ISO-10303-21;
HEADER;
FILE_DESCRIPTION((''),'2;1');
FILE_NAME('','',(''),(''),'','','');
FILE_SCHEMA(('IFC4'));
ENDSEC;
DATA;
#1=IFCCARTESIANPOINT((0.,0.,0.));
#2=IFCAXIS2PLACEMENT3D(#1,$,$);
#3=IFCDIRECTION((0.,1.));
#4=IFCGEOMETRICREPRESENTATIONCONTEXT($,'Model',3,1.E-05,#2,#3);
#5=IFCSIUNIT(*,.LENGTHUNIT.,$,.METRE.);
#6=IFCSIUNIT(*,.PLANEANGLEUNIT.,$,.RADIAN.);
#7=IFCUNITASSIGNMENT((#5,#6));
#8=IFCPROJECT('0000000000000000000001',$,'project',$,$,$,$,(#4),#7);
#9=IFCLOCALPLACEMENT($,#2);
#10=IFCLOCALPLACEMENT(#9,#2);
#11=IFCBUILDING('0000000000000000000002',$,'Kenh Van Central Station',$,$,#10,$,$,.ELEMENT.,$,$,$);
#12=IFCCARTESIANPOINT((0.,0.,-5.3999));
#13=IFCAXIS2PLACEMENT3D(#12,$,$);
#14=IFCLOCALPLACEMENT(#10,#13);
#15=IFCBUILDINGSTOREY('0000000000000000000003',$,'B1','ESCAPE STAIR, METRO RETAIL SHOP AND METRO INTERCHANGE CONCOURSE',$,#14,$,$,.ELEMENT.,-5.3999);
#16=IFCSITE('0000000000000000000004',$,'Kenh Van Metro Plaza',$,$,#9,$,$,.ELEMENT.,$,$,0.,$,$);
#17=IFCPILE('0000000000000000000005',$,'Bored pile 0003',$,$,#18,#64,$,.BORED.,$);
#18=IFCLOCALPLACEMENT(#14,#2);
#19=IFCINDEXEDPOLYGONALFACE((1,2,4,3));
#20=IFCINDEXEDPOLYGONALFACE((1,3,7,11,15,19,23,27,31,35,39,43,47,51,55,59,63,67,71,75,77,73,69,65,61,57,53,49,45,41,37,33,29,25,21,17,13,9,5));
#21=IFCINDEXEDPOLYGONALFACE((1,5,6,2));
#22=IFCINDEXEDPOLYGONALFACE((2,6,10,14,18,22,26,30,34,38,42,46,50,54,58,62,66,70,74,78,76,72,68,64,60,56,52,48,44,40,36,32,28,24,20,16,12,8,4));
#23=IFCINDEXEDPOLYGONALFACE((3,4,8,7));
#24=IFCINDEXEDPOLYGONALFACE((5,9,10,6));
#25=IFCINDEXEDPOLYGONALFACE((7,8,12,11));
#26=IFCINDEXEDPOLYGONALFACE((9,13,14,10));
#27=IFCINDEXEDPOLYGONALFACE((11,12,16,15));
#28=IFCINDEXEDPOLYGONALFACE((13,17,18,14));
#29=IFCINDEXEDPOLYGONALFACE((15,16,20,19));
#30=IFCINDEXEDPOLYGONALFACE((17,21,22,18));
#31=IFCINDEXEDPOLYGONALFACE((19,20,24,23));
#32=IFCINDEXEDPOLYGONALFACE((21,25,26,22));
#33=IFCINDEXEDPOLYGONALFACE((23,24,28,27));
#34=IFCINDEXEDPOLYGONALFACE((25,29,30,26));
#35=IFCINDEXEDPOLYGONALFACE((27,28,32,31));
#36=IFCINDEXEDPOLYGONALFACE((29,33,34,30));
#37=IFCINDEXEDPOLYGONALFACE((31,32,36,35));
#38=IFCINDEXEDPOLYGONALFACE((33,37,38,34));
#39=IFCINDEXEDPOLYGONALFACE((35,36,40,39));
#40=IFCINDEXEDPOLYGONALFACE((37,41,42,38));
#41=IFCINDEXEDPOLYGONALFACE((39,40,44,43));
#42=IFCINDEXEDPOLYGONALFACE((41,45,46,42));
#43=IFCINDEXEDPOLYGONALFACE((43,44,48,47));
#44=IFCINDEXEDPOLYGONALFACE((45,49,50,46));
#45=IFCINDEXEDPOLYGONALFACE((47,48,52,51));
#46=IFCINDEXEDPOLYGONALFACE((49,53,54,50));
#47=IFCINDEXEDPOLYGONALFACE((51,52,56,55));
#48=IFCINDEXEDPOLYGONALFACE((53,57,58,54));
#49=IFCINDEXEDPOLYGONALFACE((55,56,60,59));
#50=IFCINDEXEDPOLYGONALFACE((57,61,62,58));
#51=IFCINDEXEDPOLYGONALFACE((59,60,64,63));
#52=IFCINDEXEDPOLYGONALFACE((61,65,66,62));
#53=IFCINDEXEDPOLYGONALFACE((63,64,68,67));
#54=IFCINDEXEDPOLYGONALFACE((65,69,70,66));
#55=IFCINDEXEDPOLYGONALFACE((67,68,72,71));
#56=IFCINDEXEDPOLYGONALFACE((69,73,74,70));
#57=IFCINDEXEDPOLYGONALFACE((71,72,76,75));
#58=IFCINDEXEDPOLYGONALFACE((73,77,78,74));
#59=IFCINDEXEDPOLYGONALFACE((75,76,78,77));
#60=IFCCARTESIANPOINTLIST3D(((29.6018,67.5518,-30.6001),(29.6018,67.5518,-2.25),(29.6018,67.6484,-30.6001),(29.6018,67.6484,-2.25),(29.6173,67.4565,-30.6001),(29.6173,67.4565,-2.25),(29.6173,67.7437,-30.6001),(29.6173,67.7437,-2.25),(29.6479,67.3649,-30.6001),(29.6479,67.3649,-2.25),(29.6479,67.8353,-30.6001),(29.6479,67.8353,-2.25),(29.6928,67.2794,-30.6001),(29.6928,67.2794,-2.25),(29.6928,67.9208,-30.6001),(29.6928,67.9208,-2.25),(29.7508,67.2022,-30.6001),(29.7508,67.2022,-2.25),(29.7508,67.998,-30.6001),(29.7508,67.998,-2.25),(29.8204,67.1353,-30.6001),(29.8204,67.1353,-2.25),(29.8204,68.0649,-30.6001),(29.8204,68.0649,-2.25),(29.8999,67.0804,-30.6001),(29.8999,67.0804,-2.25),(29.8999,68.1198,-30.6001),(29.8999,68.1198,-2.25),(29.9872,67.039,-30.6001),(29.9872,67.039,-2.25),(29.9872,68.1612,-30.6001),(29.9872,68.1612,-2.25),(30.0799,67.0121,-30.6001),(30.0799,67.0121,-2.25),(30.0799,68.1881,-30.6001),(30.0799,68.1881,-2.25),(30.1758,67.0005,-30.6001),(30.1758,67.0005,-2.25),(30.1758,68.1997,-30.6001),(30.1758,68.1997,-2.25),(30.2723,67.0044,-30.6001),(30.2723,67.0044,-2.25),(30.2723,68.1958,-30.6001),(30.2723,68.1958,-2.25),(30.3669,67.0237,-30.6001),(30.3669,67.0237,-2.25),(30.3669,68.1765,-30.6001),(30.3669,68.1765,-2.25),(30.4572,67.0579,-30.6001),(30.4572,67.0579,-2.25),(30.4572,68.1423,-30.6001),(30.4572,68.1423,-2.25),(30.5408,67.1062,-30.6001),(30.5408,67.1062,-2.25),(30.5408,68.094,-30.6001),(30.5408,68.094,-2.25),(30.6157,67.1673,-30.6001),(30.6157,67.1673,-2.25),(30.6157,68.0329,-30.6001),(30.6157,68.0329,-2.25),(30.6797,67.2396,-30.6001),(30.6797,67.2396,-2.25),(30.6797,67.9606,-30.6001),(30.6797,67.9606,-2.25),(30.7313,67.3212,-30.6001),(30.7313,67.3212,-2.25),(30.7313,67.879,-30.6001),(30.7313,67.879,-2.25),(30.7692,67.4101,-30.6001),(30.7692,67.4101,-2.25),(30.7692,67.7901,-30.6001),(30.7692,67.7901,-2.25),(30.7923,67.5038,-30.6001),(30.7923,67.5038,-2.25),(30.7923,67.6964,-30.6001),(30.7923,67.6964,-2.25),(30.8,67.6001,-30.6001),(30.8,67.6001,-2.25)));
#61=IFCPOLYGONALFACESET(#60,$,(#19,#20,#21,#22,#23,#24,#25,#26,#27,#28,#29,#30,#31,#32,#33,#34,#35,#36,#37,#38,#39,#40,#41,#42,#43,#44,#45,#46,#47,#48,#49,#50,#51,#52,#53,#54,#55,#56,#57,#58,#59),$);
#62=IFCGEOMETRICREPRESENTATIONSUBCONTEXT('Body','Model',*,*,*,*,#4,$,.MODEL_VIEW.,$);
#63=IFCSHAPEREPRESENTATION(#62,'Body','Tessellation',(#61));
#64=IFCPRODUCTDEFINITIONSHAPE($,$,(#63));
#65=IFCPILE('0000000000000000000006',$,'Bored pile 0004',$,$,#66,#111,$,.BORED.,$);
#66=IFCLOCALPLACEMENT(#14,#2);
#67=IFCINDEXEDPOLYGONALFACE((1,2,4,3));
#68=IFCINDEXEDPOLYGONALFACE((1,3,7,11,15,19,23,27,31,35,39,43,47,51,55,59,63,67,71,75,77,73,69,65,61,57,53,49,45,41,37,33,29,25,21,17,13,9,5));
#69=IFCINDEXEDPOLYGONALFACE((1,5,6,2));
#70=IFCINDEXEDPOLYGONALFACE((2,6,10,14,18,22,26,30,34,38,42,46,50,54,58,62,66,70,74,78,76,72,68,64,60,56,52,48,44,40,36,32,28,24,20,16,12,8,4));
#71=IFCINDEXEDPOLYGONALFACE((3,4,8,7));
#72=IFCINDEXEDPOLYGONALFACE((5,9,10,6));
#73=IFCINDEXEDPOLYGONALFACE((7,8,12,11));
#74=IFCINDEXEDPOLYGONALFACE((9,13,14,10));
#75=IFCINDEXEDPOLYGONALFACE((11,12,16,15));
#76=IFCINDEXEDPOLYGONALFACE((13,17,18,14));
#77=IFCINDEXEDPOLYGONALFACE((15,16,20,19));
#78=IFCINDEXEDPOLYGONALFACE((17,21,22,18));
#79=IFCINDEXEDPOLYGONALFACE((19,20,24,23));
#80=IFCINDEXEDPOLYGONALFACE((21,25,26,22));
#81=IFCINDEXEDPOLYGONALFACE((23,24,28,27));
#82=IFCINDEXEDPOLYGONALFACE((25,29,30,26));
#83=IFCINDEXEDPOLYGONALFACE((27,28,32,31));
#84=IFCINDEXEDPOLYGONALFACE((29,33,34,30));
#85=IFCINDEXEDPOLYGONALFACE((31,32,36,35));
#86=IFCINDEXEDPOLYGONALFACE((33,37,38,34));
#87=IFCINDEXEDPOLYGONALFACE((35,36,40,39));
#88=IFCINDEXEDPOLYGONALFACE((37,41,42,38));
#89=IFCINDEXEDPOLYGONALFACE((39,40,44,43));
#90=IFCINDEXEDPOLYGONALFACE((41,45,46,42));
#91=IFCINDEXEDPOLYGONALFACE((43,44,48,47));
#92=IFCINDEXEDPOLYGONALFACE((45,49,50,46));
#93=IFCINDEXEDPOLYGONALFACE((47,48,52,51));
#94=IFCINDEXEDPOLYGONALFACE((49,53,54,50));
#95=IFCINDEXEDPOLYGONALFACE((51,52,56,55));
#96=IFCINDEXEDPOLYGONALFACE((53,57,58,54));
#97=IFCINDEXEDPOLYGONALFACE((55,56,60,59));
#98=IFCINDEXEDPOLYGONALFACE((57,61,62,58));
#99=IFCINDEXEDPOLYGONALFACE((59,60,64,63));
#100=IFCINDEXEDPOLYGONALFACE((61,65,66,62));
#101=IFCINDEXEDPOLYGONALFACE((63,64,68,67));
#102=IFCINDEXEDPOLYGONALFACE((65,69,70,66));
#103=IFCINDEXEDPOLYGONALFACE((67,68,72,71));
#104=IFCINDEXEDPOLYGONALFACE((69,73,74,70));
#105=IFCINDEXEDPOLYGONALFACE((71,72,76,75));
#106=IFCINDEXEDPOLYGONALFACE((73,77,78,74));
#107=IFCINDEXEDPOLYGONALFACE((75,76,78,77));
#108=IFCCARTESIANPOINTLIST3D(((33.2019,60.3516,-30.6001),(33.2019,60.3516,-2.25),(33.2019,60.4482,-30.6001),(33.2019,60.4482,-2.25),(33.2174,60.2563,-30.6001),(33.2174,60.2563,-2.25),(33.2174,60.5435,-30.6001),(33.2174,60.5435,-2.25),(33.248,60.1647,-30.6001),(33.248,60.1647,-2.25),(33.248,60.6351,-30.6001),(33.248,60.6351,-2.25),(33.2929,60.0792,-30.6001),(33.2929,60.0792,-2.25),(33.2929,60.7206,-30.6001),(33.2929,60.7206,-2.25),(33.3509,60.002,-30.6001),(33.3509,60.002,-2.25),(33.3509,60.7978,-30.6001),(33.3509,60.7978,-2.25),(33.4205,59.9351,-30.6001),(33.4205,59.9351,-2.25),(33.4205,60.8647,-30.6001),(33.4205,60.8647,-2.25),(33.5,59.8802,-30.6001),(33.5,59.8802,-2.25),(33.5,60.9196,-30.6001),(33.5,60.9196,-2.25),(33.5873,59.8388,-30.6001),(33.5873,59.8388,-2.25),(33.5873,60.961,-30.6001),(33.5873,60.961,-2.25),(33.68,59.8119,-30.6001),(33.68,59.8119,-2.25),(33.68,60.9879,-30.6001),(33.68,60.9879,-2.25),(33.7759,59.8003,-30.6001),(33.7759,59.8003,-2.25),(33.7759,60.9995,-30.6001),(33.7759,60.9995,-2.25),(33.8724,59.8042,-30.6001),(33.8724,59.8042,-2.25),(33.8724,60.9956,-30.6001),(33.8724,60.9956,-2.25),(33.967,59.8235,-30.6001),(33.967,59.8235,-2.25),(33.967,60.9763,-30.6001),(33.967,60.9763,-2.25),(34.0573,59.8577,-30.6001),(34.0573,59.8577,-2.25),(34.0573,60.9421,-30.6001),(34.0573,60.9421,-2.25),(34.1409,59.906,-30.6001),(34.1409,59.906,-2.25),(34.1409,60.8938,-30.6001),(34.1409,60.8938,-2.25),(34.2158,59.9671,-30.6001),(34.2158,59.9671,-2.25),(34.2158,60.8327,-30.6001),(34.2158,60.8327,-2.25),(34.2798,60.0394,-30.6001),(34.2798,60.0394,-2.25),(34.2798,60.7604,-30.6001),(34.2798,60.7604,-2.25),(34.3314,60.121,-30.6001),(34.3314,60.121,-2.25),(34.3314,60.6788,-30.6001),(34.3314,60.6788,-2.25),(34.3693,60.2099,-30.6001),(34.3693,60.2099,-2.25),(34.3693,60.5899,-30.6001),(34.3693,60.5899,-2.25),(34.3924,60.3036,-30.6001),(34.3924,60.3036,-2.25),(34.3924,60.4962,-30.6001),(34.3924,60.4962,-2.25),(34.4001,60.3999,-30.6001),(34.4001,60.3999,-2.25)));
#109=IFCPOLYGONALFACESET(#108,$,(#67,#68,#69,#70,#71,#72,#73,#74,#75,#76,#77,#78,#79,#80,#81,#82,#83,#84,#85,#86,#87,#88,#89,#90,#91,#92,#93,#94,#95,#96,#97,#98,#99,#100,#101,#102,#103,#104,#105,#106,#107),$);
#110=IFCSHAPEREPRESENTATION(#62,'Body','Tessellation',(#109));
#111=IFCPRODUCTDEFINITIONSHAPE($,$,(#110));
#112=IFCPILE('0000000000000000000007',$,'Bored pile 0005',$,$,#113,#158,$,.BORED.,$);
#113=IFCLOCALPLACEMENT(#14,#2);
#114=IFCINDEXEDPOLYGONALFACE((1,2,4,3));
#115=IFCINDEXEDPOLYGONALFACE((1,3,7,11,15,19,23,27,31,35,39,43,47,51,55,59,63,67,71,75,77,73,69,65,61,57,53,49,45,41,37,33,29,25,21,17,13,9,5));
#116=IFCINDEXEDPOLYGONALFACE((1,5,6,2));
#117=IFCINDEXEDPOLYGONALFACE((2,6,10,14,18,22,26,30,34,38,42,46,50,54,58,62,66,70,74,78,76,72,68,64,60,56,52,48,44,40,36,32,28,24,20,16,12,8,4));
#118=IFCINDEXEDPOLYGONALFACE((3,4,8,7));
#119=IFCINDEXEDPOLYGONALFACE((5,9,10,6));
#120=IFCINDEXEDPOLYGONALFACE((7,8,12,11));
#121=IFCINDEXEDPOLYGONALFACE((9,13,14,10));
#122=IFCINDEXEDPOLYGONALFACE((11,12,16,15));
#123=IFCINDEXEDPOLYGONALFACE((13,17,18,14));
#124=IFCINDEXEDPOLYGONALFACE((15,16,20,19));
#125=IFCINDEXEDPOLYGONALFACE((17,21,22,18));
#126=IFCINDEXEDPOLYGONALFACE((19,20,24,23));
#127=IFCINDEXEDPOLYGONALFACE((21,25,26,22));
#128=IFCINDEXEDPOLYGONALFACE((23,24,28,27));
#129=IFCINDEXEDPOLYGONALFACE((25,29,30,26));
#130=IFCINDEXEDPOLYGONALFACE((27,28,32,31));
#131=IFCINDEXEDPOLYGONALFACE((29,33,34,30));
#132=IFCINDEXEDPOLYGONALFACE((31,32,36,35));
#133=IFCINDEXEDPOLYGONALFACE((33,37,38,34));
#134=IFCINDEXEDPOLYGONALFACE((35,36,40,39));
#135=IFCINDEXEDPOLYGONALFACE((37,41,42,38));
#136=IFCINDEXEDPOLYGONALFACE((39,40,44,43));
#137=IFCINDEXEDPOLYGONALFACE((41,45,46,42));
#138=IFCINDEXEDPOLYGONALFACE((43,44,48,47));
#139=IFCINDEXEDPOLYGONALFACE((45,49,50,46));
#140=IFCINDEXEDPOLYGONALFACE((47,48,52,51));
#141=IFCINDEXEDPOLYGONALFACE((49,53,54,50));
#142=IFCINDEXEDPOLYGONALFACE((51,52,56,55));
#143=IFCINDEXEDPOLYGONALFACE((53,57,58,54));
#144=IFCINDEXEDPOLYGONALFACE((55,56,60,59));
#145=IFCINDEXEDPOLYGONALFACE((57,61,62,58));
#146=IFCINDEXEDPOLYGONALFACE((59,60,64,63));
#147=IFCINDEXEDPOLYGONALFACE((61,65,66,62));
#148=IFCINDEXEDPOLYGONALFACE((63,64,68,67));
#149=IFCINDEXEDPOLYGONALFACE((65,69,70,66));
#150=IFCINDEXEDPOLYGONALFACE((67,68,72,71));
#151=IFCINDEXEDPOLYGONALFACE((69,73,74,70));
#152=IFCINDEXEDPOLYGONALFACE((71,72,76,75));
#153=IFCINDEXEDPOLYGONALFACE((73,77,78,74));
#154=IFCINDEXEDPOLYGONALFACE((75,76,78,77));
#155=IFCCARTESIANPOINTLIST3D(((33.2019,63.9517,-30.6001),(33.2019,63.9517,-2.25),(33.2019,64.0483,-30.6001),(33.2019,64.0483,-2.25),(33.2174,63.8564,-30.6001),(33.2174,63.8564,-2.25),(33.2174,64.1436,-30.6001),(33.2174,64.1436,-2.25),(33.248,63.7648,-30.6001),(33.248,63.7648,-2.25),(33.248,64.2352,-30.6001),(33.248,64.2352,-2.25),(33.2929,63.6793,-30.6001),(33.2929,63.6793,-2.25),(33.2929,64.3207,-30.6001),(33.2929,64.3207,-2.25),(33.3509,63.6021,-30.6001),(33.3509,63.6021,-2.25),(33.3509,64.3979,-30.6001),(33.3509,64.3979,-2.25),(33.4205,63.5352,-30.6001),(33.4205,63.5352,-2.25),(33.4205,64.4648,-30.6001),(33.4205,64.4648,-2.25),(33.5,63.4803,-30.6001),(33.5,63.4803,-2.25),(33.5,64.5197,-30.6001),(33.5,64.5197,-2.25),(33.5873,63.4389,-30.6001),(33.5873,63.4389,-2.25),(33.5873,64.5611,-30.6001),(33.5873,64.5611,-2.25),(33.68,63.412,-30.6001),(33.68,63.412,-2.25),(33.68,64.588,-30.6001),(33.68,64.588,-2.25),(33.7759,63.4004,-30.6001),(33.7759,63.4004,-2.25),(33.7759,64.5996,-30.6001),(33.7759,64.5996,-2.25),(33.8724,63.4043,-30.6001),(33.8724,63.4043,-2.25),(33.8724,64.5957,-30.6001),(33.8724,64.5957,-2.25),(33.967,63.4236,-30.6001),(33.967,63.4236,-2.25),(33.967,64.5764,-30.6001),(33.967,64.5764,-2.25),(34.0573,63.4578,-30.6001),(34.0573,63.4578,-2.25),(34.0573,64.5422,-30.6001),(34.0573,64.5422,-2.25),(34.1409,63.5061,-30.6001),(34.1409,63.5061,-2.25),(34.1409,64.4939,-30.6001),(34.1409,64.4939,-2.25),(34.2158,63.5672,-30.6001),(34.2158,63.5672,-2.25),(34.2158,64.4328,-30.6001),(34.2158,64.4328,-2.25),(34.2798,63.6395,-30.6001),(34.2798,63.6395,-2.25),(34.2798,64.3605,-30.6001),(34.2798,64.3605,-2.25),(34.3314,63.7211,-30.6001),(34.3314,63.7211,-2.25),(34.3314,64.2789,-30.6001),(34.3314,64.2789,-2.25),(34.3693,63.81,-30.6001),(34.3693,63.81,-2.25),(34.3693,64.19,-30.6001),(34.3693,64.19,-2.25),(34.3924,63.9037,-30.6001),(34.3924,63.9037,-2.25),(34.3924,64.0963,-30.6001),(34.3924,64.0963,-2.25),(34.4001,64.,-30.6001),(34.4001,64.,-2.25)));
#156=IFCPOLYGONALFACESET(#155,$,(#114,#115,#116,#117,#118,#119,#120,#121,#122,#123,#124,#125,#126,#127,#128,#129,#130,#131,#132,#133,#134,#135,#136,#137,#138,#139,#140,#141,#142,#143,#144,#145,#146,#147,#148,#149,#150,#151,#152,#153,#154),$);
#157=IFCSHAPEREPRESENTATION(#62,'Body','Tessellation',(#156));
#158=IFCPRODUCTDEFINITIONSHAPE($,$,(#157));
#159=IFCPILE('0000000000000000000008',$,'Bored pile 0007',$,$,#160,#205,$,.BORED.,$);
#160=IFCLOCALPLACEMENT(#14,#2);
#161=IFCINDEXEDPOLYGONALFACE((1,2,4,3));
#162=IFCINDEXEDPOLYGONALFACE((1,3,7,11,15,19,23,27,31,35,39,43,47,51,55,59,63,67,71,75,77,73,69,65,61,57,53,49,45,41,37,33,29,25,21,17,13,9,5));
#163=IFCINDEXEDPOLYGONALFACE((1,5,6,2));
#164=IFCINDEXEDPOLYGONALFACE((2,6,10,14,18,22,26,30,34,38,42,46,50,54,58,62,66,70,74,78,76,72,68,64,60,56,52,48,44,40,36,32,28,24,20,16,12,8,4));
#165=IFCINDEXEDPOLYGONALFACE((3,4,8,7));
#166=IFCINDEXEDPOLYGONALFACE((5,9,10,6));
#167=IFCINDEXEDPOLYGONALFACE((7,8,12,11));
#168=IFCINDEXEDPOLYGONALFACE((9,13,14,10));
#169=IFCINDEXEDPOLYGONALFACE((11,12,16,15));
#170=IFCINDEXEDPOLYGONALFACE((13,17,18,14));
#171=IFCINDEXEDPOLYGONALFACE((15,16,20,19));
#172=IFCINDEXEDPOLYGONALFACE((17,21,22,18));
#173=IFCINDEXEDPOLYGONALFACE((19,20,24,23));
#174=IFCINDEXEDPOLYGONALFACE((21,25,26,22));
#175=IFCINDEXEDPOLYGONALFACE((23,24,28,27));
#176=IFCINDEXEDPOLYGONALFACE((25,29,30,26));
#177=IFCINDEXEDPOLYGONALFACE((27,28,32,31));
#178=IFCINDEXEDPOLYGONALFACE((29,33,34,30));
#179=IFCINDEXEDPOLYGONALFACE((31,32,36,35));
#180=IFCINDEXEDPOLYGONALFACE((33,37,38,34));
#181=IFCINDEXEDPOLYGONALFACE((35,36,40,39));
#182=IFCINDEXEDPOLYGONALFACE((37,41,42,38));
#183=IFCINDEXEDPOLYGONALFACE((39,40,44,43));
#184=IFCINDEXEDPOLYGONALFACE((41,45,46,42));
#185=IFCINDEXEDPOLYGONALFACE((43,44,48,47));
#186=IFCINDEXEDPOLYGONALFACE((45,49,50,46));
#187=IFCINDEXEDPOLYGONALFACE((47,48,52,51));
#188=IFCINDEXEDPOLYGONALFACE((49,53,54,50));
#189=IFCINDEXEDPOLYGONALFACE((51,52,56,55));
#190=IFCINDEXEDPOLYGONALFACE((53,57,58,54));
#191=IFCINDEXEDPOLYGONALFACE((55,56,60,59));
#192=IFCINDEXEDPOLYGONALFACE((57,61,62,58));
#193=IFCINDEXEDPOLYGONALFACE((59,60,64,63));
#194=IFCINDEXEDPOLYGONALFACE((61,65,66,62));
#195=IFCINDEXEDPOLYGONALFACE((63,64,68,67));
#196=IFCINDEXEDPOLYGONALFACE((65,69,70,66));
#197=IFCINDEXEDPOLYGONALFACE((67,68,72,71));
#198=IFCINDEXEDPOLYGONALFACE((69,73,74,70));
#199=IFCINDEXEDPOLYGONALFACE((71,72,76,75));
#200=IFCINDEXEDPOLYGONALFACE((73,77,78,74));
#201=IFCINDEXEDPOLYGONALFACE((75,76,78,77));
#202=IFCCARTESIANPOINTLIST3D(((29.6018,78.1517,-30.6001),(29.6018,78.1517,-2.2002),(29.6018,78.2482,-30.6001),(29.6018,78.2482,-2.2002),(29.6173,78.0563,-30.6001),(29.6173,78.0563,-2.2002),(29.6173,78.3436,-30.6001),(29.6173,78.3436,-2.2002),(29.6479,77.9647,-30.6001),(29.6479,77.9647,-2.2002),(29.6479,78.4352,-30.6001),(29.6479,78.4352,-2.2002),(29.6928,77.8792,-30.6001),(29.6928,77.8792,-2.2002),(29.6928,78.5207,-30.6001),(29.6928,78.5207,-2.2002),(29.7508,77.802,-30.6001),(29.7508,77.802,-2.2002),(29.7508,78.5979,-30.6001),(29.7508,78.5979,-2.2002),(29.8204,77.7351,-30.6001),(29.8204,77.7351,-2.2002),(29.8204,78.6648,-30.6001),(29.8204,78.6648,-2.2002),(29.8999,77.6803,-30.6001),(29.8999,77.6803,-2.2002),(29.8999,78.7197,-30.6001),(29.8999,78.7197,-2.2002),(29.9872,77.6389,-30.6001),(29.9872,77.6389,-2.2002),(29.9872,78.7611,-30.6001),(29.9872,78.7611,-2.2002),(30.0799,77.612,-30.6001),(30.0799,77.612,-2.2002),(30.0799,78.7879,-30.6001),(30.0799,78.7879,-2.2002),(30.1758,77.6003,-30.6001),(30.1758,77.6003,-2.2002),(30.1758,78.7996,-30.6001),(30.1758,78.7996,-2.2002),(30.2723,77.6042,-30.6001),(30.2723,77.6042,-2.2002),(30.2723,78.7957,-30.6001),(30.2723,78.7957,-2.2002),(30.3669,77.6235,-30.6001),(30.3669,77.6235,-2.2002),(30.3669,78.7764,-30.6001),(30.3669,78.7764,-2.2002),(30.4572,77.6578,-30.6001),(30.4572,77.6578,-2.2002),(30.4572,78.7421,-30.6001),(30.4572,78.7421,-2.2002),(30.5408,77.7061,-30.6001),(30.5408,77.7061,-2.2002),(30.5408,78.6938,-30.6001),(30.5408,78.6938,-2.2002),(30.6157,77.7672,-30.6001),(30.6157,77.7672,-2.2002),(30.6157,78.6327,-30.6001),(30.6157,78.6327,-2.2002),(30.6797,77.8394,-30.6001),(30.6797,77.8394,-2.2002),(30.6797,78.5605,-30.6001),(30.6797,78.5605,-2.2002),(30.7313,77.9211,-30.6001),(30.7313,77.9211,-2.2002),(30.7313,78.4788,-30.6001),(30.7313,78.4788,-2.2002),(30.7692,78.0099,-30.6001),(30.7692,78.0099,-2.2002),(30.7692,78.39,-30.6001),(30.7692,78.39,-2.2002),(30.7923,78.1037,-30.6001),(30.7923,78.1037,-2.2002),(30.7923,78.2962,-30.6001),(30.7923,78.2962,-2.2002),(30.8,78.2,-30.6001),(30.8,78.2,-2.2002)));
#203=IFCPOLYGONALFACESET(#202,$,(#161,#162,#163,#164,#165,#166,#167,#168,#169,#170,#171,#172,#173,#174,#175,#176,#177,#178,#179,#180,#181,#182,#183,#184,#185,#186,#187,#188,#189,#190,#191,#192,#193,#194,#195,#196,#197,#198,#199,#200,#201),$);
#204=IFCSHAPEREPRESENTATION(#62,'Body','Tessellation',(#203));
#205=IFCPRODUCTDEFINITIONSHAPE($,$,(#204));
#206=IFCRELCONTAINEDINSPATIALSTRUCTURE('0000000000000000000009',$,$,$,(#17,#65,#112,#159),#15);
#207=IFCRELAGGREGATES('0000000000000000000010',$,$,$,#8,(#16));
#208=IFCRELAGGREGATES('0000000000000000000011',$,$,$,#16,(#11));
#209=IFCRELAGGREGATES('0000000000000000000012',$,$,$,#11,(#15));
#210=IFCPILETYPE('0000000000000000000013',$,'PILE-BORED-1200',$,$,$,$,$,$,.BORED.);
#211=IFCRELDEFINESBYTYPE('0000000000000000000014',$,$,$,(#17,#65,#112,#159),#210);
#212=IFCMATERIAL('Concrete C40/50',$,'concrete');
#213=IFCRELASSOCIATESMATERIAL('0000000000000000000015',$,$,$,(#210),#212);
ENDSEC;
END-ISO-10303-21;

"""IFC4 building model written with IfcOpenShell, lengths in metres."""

from ifc_helpers import new_model, si_unit, direction, frame, origin, origin_2d, place, context, subcontext, project, spatial, circle, extrude, material, material_profile, profile_set, type_object, element, save


model = new_model("IFC4")

# Units and contexts
model_context = context("Model", 3, precision=1e-05, world=origin(), true_north=direction((0.0, 1.0)))
body_context = subcontext(model_context, "Body", "Model", "MODEL_VIEW")
ifc_project = project(units=[si_unit("LENGTHUNIT", "METRE"), si_unit("PLANEANGLEUNIT", "RADIAN")], contexts=[model_context])

# Site, building, storey
site_placement = place(None, origin())
site = spatial("IfcSite", under=ifc_project, at=site_placement, Name="Kenh Van Metro Plaza", CompositionType="ELEMENT", RefElevation=0.0)
building_placement = place(site_placement, origin())
building = spatial("IfcBuilding", under=site, at=building_placement, Name="Kenh Van Central Station", CompositionType="ELEMENT")
storey_placement = place(building_placement, frame((0.0, 0.0, -5.3999)))
storey = spatial("IfcBuildingStorey", under=building, at=storey_placement, Name="B1", Description="ESCAPE STAIR, METRO RETAIL SHOP AND METRO INTERCHANGE CONCOURSE", CompositionType="ELEMENT", Elevation=-5.3999)

# Shared definitions
ifc_material_1 = material(Name="Concrete C40/50", Category="concrete")

# Piles
ifc_material_profile_1 = material_profile(ifc_material_1, circle(Radius=0.6001, at=origin_2d()), Name="PILE D1200")
ifc_profile_set_1 = profile_set([ifc_material_profile_1], Name="Concrete C40/50")
pile_type_1 = type_object("IfcPileType", Name="PILE-BORED-1200", PredefinedType="BORED", material=ifc_profile_set_1)
for number, where, z_axis, x_axis, name in (
    (1, (30.2, 67.6001, -2.25), (0.0, 0.0, -1.0), (1.0, 0.0, 0.0), "Bored pile 0003"),
    (2, (33.8, 60.3999, -2.25), (0.0, 0.0, -1.0), (1.0, 0.0, 0.0), "Bored pile 0004"),
    (3, (33.8, 64.0, -2.25), (0.0, 0.0, -1.0), (1.0, 0.0, 0.0), "Bored pile 0005"),
):
    element("IfcPile", number, at=place(storey_placement, frame(where, z_axis=z_axis, x_axis=x_axis)), inside=storey, type_object=pile_type_1, Name=name, PredefinedType="BORED", context=body_context, shape_type="SweptSolid", body=[
        extrude(circle(Radius=0.6001, at=origin_2d()), origin(), (0.0, 0.0, 1.0), 28.3501),
    ])
pile_placement = place(storey_placement, frame((30.2, 78.2, -2.2002), z_axis=(0.0, 0.0, -1.0), x_axis=(1.0, 0.0, 0.0)))
element("IfcPile", 4, at=pile_placement, inside=storey, type_object=pile_type_1, Name="Bored pile 0007", PredefinedType="BORED", context=body_context, shape_type="SweptSolid", body=[
    extrude(circle(Radius=0.6001, at=origin_2d()), origin(), (0.0, 0.0, 1.0), 28.3999),
])

save(model, "model.ifc")
